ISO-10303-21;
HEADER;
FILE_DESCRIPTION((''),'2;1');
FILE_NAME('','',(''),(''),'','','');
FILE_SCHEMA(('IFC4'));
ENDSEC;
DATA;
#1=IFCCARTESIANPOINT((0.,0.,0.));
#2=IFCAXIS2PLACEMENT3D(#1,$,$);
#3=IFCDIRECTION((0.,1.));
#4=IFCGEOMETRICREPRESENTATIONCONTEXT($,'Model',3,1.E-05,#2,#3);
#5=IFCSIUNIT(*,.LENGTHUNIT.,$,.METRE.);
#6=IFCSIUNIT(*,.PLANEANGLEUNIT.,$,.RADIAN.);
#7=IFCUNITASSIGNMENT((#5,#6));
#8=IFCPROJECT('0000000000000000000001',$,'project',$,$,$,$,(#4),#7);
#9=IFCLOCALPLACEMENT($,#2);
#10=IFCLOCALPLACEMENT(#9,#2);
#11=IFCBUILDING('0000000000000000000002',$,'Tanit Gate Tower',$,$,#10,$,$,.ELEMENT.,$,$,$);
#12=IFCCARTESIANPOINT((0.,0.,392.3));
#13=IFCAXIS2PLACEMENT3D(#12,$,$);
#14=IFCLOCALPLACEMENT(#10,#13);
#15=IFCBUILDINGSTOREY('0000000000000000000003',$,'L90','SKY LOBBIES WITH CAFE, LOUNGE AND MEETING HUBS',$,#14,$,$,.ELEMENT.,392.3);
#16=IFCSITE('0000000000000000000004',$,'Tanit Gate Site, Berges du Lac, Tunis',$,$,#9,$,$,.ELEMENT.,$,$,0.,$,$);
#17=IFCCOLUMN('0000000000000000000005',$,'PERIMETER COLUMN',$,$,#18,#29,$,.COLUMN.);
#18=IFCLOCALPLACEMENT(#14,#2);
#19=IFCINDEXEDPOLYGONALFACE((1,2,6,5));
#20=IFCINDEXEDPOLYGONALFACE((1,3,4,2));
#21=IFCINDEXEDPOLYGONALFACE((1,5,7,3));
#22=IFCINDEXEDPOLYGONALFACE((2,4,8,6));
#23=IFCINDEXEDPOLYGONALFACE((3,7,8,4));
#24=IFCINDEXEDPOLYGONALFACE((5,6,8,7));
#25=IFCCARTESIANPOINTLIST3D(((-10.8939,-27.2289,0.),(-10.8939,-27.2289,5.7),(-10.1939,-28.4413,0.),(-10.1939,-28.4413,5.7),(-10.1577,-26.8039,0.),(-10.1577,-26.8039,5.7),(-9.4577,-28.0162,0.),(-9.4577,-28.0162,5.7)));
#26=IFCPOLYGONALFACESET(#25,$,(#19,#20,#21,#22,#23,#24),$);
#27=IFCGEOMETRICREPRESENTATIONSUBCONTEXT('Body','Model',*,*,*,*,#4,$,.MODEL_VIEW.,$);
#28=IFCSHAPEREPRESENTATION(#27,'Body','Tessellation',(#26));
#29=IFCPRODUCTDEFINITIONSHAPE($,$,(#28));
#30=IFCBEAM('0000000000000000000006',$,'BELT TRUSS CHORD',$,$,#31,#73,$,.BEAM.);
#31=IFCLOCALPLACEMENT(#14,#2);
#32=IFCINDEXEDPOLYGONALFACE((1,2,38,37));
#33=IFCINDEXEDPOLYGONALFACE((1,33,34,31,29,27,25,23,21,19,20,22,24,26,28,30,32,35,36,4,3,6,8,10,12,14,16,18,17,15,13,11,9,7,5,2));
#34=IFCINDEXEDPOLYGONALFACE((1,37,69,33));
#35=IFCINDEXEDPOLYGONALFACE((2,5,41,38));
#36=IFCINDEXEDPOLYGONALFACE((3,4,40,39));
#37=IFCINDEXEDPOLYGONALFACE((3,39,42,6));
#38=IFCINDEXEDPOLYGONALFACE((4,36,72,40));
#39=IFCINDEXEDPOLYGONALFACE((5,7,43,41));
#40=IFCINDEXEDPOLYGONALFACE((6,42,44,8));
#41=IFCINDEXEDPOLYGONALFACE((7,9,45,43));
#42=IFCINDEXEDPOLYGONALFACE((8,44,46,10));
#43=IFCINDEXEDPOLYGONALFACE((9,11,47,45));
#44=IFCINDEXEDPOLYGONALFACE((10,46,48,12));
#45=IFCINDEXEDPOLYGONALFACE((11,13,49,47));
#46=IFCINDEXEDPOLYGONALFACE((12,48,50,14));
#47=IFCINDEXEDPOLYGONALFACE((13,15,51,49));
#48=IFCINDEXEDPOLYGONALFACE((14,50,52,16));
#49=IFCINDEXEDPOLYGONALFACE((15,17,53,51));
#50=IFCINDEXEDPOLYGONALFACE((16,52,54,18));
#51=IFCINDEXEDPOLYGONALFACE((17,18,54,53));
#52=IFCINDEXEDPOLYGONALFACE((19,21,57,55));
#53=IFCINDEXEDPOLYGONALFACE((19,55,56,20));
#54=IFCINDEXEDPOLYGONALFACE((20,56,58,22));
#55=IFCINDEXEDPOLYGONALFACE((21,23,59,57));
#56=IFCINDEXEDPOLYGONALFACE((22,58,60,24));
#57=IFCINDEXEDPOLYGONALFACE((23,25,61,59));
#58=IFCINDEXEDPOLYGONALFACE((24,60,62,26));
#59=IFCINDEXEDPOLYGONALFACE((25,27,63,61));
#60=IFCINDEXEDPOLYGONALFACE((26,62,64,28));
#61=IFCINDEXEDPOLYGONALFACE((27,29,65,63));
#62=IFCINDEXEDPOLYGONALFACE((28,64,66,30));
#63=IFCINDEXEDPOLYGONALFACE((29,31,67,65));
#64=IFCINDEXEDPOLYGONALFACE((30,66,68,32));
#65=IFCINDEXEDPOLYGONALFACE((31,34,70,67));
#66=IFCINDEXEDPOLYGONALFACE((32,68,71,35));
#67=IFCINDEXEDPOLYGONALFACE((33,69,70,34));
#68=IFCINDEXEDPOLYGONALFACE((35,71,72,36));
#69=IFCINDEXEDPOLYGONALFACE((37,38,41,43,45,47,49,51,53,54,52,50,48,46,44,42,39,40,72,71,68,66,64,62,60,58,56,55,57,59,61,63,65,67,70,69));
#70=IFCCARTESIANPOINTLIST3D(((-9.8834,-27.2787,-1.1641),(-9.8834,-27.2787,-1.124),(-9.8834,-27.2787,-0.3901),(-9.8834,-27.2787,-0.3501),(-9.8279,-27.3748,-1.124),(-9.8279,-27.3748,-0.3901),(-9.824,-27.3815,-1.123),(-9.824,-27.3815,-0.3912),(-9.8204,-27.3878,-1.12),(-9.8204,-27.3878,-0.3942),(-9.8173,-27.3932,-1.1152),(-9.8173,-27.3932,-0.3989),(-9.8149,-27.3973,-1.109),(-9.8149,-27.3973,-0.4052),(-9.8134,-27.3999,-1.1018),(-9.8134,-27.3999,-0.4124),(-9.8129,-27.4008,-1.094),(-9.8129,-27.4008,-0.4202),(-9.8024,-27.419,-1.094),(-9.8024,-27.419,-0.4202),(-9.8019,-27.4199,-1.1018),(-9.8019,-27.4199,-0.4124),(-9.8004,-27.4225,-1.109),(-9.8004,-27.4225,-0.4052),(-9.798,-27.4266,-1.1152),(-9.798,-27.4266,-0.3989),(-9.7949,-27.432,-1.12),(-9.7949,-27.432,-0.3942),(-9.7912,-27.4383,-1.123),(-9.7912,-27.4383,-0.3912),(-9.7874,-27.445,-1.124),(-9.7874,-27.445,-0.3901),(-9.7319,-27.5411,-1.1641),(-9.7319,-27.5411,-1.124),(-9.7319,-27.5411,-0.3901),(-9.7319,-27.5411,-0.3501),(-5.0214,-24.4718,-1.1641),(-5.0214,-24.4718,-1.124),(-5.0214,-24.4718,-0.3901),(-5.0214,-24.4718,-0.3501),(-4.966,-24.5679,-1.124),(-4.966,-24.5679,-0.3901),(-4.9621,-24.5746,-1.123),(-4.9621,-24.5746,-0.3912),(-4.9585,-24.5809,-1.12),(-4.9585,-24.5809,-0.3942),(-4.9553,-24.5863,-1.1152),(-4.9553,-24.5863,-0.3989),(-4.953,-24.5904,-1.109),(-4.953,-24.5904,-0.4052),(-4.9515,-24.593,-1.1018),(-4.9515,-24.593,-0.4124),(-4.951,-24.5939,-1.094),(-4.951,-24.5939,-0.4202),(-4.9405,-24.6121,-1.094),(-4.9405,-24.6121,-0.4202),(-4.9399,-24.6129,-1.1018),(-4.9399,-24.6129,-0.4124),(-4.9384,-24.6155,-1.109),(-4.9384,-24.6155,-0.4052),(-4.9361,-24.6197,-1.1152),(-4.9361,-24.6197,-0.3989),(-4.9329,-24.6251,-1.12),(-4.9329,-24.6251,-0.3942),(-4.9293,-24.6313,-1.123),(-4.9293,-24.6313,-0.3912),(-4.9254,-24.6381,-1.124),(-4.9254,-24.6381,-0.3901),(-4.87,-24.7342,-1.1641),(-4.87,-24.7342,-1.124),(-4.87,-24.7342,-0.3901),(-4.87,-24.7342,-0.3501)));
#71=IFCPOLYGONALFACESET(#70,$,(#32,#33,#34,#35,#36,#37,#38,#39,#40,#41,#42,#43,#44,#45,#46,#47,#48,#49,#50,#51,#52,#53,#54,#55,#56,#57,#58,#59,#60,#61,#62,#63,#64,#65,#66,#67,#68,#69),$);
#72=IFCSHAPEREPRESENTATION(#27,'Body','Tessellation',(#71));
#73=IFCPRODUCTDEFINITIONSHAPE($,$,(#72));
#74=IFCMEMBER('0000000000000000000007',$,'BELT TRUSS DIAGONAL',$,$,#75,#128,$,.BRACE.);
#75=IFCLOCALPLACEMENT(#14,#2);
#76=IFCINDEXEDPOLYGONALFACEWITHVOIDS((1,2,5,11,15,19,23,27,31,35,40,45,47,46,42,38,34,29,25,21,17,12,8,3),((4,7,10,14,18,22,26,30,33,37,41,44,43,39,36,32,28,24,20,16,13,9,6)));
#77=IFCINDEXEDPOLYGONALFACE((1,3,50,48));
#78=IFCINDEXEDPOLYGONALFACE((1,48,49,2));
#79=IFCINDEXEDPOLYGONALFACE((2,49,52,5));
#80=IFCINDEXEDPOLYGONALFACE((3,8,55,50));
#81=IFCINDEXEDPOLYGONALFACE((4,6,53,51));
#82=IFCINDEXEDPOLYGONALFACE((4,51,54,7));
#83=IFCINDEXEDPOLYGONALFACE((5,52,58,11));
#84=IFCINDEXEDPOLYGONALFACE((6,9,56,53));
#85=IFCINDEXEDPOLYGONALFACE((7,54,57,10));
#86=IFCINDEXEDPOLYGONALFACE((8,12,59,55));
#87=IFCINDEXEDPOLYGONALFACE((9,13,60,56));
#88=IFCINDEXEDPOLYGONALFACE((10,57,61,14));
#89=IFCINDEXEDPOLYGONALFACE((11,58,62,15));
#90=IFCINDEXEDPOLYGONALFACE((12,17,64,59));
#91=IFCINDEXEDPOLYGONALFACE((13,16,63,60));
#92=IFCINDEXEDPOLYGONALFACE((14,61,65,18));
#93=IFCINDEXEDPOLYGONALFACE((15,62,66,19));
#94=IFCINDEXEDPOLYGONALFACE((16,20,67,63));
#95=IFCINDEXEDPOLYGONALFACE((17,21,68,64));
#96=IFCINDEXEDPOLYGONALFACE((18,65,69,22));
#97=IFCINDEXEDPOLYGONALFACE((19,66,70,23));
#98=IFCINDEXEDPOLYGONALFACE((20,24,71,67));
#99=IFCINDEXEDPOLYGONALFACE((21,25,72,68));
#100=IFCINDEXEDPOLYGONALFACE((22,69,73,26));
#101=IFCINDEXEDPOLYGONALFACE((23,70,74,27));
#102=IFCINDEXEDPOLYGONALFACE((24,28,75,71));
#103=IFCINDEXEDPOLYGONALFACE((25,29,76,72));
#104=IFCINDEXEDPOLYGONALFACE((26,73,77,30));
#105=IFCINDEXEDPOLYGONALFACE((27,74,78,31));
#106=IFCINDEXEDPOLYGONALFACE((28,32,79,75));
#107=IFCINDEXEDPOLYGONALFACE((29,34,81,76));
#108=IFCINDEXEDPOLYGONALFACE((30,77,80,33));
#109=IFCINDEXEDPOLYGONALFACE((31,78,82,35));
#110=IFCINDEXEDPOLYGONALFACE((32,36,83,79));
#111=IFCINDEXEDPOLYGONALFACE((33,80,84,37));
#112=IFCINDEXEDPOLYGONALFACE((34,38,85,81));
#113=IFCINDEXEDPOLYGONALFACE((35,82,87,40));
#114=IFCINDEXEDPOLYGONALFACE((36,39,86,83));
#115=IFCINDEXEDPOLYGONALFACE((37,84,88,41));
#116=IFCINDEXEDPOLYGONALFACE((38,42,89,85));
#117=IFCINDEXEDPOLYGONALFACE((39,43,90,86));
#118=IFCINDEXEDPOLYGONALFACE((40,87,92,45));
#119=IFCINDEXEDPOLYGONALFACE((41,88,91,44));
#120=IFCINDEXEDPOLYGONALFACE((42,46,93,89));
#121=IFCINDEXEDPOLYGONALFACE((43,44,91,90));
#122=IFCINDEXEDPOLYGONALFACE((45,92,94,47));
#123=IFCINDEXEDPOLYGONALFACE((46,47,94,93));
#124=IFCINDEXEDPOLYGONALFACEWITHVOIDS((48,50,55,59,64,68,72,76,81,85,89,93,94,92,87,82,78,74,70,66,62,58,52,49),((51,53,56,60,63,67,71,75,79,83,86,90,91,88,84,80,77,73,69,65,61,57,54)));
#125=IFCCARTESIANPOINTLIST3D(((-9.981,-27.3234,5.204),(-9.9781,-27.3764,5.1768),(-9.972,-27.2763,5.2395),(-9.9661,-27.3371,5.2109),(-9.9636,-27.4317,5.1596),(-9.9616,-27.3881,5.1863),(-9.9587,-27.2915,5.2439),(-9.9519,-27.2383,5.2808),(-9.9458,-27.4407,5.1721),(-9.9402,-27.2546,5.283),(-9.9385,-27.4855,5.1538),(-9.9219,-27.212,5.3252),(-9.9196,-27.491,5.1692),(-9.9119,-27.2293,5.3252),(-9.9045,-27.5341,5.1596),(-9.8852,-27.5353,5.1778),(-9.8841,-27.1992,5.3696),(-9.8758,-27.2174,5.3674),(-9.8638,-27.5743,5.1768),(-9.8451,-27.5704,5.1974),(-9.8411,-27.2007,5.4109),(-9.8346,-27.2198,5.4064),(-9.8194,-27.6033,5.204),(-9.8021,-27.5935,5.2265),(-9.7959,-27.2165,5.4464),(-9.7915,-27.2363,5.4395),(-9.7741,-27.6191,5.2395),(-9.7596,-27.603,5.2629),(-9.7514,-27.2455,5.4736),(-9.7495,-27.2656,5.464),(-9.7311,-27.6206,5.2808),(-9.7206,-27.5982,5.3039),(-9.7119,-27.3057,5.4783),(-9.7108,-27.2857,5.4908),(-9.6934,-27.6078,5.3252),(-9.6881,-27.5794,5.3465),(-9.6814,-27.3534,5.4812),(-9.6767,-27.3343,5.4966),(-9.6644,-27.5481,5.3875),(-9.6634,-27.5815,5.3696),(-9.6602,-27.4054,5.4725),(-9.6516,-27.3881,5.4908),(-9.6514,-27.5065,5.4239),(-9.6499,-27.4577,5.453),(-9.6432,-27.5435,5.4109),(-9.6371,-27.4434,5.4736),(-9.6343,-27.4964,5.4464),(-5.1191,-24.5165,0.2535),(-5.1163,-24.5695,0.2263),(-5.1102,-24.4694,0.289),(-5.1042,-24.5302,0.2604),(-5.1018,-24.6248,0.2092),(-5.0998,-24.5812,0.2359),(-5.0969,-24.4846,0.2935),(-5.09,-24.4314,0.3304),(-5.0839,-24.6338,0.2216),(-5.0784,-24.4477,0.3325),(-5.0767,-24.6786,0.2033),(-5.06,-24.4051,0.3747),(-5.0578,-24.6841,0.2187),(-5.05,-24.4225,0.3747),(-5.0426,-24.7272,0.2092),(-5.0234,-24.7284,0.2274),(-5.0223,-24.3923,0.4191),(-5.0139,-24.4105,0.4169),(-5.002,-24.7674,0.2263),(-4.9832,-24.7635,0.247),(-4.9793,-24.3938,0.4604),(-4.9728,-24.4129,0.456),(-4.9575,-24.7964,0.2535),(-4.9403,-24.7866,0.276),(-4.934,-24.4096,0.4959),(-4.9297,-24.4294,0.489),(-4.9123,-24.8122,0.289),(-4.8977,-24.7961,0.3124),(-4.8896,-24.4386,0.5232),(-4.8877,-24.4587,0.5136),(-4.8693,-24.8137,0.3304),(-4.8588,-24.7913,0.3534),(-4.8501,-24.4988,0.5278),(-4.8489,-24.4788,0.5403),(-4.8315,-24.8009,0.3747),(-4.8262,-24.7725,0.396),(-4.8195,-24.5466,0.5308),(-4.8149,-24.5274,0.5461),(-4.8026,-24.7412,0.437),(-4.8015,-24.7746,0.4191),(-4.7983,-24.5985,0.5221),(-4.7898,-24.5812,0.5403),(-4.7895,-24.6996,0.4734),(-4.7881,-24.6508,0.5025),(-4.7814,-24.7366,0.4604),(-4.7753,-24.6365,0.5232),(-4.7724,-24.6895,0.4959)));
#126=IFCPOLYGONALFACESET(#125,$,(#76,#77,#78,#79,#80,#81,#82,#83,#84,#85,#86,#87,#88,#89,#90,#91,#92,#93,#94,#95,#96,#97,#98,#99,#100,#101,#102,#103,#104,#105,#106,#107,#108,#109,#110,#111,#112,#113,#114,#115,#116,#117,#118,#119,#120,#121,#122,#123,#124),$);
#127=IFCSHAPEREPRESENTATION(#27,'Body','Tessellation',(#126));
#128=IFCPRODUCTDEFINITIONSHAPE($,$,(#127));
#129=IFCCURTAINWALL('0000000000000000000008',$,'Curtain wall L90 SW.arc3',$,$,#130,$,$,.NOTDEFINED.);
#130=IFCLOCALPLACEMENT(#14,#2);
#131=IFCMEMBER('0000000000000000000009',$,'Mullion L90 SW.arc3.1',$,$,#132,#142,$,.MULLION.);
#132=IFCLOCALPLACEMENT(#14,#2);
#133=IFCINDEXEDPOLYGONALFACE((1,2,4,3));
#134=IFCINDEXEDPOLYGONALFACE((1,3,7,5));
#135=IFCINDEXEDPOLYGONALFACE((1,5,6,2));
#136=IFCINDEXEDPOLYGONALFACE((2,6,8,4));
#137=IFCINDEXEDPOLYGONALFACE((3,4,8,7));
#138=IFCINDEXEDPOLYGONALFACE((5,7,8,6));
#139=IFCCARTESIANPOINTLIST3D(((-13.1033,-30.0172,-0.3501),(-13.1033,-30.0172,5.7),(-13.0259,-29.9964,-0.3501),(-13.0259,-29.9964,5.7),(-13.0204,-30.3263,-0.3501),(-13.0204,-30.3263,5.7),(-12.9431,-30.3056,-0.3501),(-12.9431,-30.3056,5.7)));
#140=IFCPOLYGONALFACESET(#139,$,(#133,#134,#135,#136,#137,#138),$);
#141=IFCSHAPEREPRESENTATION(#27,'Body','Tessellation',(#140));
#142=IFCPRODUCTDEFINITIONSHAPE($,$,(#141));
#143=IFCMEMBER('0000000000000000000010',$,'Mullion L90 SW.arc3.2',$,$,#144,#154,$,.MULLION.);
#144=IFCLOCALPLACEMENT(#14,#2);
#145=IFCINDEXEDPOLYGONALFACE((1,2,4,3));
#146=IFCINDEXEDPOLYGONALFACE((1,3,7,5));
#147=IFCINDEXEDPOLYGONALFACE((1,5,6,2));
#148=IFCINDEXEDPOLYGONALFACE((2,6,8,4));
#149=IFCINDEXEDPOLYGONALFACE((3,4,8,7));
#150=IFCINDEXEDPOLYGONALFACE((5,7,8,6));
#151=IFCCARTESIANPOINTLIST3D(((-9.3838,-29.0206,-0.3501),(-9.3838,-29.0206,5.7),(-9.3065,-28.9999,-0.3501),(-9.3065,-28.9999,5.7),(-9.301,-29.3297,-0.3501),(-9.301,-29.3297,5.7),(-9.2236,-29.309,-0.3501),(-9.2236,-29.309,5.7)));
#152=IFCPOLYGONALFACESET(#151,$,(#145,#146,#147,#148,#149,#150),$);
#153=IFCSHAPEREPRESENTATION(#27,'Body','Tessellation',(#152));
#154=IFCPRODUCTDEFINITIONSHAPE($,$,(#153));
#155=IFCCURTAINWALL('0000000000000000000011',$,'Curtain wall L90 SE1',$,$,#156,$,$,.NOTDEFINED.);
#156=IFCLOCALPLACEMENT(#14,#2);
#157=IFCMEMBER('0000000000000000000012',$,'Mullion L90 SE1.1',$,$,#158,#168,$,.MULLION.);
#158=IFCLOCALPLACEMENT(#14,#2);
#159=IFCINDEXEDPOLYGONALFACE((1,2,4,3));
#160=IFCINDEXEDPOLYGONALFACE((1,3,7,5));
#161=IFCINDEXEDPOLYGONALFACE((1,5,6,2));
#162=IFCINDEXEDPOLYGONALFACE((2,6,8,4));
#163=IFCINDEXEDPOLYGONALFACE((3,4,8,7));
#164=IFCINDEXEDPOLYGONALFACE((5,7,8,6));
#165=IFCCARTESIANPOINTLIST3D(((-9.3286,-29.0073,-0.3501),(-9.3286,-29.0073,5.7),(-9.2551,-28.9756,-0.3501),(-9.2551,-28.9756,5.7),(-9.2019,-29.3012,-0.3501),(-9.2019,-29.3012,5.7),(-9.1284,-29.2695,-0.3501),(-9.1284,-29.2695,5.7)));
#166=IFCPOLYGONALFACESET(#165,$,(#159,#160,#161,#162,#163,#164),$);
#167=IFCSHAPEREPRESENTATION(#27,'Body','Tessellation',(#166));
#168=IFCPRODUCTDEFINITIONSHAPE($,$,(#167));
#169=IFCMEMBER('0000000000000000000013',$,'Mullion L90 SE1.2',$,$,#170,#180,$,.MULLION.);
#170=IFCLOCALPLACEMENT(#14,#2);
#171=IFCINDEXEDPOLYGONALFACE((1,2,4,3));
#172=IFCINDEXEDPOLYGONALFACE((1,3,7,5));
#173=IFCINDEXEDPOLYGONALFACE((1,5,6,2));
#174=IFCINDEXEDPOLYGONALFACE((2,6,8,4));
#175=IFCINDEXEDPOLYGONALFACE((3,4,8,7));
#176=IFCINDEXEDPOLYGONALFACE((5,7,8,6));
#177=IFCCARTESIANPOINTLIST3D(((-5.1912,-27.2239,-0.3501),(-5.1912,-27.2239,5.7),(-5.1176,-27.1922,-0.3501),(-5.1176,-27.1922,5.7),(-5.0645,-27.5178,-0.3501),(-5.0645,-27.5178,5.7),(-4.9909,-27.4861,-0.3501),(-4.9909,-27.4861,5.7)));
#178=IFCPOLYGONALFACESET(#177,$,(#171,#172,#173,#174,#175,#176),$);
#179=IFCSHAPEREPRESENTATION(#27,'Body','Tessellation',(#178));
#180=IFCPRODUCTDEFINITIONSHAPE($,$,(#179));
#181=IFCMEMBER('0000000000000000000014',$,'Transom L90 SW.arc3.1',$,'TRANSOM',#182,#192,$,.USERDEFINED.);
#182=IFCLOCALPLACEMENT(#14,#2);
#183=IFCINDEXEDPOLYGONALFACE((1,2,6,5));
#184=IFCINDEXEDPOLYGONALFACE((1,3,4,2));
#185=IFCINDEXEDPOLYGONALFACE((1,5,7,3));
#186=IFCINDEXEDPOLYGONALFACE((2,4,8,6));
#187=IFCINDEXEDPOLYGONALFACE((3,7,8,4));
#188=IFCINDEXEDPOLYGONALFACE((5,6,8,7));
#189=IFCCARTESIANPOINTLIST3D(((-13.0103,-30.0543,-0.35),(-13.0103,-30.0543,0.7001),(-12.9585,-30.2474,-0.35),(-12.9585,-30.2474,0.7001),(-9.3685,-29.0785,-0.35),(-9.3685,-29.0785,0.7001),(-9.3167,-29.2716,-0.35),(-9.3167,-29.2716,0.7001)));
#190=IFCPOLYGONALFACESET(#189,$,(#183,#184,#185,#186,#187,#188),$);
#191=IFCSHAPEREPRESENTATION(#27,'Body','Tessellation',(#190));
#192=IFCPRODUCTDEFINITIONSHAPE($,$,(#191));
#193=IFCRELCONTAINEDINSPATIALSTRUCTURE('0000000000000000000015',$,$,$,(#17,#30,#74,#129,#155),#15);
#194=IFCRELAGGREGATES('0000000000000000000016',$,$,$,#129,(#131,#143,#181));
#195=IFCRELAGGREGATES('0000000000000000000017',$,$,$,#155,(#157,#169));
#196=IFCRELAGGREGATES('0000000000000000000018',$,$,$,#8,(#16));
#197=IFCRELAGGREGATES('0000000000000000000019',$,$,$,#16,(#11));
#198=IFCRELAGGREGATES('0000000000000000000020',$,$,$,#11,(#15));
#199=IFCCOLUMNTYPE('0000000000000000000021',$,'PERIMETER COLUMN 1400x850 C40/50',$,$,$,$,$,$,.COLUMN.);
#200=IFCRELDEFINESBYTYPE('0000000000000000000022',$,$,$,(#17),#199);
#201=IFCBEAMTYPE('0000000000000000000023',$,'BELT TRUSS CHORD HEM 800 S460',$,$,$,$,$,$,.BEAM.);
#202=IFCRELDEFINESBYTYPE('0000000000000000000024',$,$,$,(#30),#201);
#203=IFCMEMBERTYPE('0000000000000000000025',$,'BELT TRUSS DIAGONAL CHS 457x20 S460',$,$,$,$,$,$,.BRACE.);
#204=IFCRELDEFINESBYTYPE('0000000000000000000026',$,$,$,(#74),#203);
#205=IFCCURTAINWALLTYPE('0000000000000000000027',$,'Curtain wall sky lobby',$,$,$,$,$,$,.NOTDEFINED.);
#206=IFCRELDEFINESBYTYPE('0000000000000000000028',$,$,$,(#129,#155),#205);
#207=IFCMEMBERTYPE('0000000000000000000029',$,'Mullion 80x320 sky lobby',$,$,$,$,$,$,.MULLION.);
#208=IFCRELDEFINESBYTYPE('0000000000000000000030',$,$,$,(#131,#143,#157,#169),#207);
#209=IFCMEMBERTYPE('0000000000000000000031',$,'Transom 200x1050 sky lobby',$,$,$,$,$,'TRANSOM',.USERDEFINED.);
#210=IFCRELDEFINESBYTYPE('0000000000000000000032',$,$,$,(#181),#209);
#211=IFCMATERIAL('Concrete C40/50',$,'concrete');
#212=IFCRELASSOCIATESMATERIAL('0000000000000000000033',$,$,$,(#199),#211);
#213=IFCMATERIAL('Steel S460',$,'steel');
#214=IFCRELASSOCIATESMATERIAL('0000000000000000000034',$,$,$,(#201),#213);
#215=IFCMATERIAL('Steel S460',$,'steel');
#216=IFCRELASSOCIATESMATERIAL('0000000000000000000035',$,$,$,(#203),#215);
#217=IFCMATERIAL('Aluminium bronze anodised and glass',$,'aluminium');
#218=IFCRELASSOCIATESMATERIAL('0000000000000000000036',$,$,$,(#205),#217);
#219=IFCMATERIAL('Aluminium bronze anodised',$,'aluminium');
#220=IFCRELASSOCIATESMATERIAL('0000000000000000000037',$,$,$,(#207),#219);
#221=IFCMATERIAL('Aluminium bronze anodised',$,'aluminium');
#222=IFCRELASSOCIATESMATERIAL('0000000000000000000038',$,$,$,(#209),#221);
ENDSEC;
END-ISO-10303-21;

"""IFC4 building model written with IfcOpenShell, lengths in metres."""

from ifc_helpers import new_model, si_unit, direction, frame, origin, origin_2d, place, context, subcontext, project, spatial, rectangle, hollow_circle, i_section, extrude, material, material_profile, profile_set, type_object, element, aggregate, save


model = new_model("IFC4")

# Units and contexts
model_context = context("Model", 3, precision=1e-05, world=origin(), true_north=direction((0.0, 1.0)))
body_context = subcontext(model_context, "Body", "Model", "MODEL_VIEW")
ifc_project = project(units=[si_unit("LENGTHUNIT", "METRE"), si_unit("PLANEANGLEUNIT", "RADIAN")], contexts=[model_context])

# Site, building, storey
site_placement = place(None, origin())
site = spatial("IfcSite", under=ifc_project, at=site_placement, Name="Tanit Gate Site, Berges du Lac, Tunis", CompositionType="ELEMENT", RefElevation=0.0)
building_placement = place(site_placement, origin())
building = spatial("IfcBuilding", under=site, at=building_placement, Name="Tanit Gate Tower", CompositionType="ELEMENT")
storey_placement = place(building_placement, frame((0.0, 0.0, 392.3)))
storey = spatial("IfcBuildingStorey", under=building, at=storey_placement, Name="L90", Description="SKY LOBBIES WITH CAFE, LOUNGE AND MEETING HUBS", CompositionType="ELEMENT", Elevation=392.3)

# Column
ifc_material_1 = material(Name="Concrete C40/50", Category="concrete")
ifc_material_profile_1 = material_profile(ifc_material_1, rectangle(XDim=1.3999, YDim=0.8501, at=origin_2d()), Name="RC 1400x850")
ifc_profile_set_1 = profile_set([ifc_material_profile_1], Name="Concrete C40/50")
column_type = type_object("IfcColumnType", Name="PERIMETER COLUMN 1400x850 C40/50", PredefinedType="COLUMN", material=ifc_profile_set_1)
column_placement = place(storey_placement, frame((-10.1758, -27.6226, 0.0), z_axis=(0.0, 0.0, 1.0), x_axis=(0.5, -0.866025, 0.0)))
element("IfcColumn", 1, at=column_placement, inside=storey, type_object=column_type, Name="PERIMETER COLUMN", PredefinedType="COLUMN", context=body_context, shape_type="SweptSolid", body=[
    extrude(rectangle(XDim=1.3999, YDim=0.8501, at=origin_2d()), origin(), (0.0, 0.0, 1.0), 5.7),
])

# Beam
ifc_material_2 = material(Name="Steel S460", Category="steel")
ifc_material_profile_2 = material_profile(ifc_material_2, i_section(OverallWidth=0.303, OverallDepth=0.814, WebThickness=0.021, FlangeThickness=0.04, FilletRadius=0.03, at=origin_2d()), Name="HEM 800")
ifc_profile_set_2 = profile_set([ifc_material_profile_2], Name="Steel S460")
beam_type = type_object("IfcBeamType", Name="BELT TRUSS CHORD HEM 800 S460", PredefinedType="BEAM", material=ifc_profile_set_2)
beam_placement = place(storey_placement, frame((-9.8076, -27.4099, -0.7571), z_axis=(0.866032, 0.499988, 0.0), x_axis=(-0.499988, 0.866032, 0.0)))
element("IfcBeam", 2, at=beam_placement, inside=storey, type_object=beam_type, Name="BELT TRUSS CHORD", PredefinedType="BEAM", context=body_context, shape_type="SweptSolid", body=[
    extrude(i_section(OverallWidth=0.303, OverallDepth=0.814, WebThickness=0.021, FlangeThickness=0.04, FilletRadius=0.03, at=origin_2d()), origin(), (0.0, 0.0, 1.0), 5.614),
])

# Member
ifc_material_3 = material(Name="Steel S460", Category="steel")
ifc_material_profile_3 = material_profile(ifc_material_3, hollow_circle(Radius=0.2285, WallThickness=0.02, at=origin_2d()), Name="CHS 457x20")
ifc_profile_set_3 = profile_set([ifc_material_profile_3], Name="Steel S460")
member_type_1 = type_object("IfcMemberType", Name="BELT TRUSS DIAGONAL CHS 457x20 S460", PredefinedType="BRACE", material=ifc_profile_set_3)
member_1_placement = place(storey_placement, frame((-9.8076, -27.4099, 5.3252), z_axis=(0.649556, 0.37501, -0.661396), x_axis=(-0.499988, 0.866032, 0.0)))
element("IfcMember", 3, at=member_1_placement, inside=storey, type_object=member_type_1, Name="BELT TRUSS DIAGONAL", PredefinedType="BRACE", context=body_context, shape_type="SweptSolid", body=[
    extrude(hollow_circle(Radius=0.2285, WallThickness=0.02, at=origin_2d()), origin(), (0.0, 0.0, 1.0), 7.4849),
])

# Curtain walls, members
ifc_material_4 = material(Name="Aluminium bronze anodised and glass", Category="aluminium")
curtain_wall_type = type_object("IfcCurtainWallType", Name="Curtain wall sky lobby", PredefinedType="NOTDEFINED", material=ifc_material_4)
curtain_wall_1_placement = place(storey_placement, origin())
curtain_wall_1 = element("IfcCurtainWall", 4, at=curtain_wall_1_placement, inside=storey, type_object=curtain_wall_type, Name="Curtain wall L90 SW.arc3", PredefinedType="NOTDEFINED")
ifc_material_5 = material(Name="Aluminium bronze anodised", Category="aluminium")
ifc_material_profile_4 = material_profile(ifc_material_5, rectangle(XDim=0.3201, YDim=0.0801, at=origin_2d()), Name="80x320 bronze mullion")
ifc_profile_set_4 = profile_set([ifc_material_profile_4], Name="Aluminium bronze anodised")
member_type_2 = type_object("IfcMemberType", Name="Mullion 80x320 sky lobby", PredefinedType="MULLION", material=ifc_profile_set_4)
member_2_placement = place(storey_placement, frame((-13.0232, -30.1614, -0.3501), z_axis=(0.0, 0.0, 1.0), x_axis=(-0.258819, 0.965926, 0.0)))
member_2 = element("IfcMember", 5, at=member_2_placement, type_object=member_type_2, Name="Mullion L90 SW.arc3.1", PredefinedType="MULLION", context=body_context, shape_type="SweptSolid", body=[
    extrude(rectangle(XDim=0.3201, YDim=0.0801, at=origin_2d()), origin(), (0.0, 0.0, 1.0), 6.05),
])
member_3_placement = place(storey_placement, frame((-9.3037, -29.1648, -0.3501), z_axis=(0.0, 0.0, 1.0), x_axis=(-0.258819, 0.965926, 0.0)))
member_3 = element("IfcMember", 6, at=member_3_placement, type_object=member_type_2, Name="Mullion L90 SW.arc3.2", PredefinedType="MULLION", context=body_context, shape_type="SweptSolid", body=[
    extrude(rectangle(XDim=0.3201, YDim=0.0801, at=origin_2d()), origin(), (0.0, 0.0, 1.0), 6.05),
])
curtain_wall_2_placement = place(storey_placement, origin())
curtain_wall_2 = element("IfcCurtainWall", 7, at=curtain_wall_2_placement, inside=storey, type_object=curtain_wall_type, Name="Curtain wall L90 SE1", PredefinedType="NOTDEFINED")
member_4_placement = place(storey_placement, frame((-9.2285, -29.1384, -0.3501), z_axis=(0.0, 0.0, 1.0), x_axis=(-0.395871, 0.918306, 0.0)))
member_4 = element("IfcMember", 8, at=member_4_placement, type_object=member_type_2, Name="Mullion L90 SE1.1", PredefinedType="MULLION", context=body_context, shape_type="SweptSolid", body=[
    extrude(rectangle(XDim=0.3201, YDim=0.0801, at=origin_2d()), origin(), (0.0, 0.0, 1.0), 6.05),
])
member_5_placement = place(storey_placement, frame((-5.0911, -27.355, -0.3501), z_axis=(0.0, 0.0, 1.0), x_axis=(-0.395871, 0.918306, 0.0)))
member_5 = element("IfcMember", 9, at=member_5_placement, type_object=member_type_2, Name="Mullion L90 SE1.2", PredefinedType="MULLION", context=body_context, shape_type="SweptSolid", body=[
    extrude(rectangle(XDim=0.3201, YDim=0.0801, at=origin_2d()), origin(), (0.0, 0.0, 1.0), 6.05),
])

# Member
ifc_material_6 = material(Name="Aluminium bronze anodised", Category="aluminium")
ifc_material_profile_5 = material_profile(ifc_material_6, rectangle(XDim=0.2, YDim=1.05, at=origin_2d()), Name="200x1050 bronze transom")
ifc_profile_set_5 = profile_set([ifc_material_profile_5], Name="Aluminium bronze anodised")
member_type_3 = type_object("IfcMemberType", Name="Transom 200x1050 sky lobby", ElementType="TRANSOM", PredefinedType="USERDEFINED", material=ifc_profile_set_5)
member_6_placement = place(storey_placement, frame((-12.9844, -30.1509, 0.175), z_axis=(0.965926, 0.258819, 0.0), x_axis=(-0.258819, 0.965926, 0.0)))
member_6 = element("IfcMember", 10, at=member_6_placement, type_object=member_type_3, Name="Transom L90 SW.arc3.1", ObjectType="TRANSOM", PredefinedType="USERDEFINED", context=body_context, shape_type="SweptSolid", body=[
    extrude(rectangle(XDim=0.2, YDim=1.05, at=origin_2d()), origin(), (0.0, 0.0, 1.0), 3.7703),
])

aggregate(curtain_wall_1, [member_2, member_3, member_6])
aggregate(curtain_wall_2, [member_4, member_5])

save(model, "model.ifc")
